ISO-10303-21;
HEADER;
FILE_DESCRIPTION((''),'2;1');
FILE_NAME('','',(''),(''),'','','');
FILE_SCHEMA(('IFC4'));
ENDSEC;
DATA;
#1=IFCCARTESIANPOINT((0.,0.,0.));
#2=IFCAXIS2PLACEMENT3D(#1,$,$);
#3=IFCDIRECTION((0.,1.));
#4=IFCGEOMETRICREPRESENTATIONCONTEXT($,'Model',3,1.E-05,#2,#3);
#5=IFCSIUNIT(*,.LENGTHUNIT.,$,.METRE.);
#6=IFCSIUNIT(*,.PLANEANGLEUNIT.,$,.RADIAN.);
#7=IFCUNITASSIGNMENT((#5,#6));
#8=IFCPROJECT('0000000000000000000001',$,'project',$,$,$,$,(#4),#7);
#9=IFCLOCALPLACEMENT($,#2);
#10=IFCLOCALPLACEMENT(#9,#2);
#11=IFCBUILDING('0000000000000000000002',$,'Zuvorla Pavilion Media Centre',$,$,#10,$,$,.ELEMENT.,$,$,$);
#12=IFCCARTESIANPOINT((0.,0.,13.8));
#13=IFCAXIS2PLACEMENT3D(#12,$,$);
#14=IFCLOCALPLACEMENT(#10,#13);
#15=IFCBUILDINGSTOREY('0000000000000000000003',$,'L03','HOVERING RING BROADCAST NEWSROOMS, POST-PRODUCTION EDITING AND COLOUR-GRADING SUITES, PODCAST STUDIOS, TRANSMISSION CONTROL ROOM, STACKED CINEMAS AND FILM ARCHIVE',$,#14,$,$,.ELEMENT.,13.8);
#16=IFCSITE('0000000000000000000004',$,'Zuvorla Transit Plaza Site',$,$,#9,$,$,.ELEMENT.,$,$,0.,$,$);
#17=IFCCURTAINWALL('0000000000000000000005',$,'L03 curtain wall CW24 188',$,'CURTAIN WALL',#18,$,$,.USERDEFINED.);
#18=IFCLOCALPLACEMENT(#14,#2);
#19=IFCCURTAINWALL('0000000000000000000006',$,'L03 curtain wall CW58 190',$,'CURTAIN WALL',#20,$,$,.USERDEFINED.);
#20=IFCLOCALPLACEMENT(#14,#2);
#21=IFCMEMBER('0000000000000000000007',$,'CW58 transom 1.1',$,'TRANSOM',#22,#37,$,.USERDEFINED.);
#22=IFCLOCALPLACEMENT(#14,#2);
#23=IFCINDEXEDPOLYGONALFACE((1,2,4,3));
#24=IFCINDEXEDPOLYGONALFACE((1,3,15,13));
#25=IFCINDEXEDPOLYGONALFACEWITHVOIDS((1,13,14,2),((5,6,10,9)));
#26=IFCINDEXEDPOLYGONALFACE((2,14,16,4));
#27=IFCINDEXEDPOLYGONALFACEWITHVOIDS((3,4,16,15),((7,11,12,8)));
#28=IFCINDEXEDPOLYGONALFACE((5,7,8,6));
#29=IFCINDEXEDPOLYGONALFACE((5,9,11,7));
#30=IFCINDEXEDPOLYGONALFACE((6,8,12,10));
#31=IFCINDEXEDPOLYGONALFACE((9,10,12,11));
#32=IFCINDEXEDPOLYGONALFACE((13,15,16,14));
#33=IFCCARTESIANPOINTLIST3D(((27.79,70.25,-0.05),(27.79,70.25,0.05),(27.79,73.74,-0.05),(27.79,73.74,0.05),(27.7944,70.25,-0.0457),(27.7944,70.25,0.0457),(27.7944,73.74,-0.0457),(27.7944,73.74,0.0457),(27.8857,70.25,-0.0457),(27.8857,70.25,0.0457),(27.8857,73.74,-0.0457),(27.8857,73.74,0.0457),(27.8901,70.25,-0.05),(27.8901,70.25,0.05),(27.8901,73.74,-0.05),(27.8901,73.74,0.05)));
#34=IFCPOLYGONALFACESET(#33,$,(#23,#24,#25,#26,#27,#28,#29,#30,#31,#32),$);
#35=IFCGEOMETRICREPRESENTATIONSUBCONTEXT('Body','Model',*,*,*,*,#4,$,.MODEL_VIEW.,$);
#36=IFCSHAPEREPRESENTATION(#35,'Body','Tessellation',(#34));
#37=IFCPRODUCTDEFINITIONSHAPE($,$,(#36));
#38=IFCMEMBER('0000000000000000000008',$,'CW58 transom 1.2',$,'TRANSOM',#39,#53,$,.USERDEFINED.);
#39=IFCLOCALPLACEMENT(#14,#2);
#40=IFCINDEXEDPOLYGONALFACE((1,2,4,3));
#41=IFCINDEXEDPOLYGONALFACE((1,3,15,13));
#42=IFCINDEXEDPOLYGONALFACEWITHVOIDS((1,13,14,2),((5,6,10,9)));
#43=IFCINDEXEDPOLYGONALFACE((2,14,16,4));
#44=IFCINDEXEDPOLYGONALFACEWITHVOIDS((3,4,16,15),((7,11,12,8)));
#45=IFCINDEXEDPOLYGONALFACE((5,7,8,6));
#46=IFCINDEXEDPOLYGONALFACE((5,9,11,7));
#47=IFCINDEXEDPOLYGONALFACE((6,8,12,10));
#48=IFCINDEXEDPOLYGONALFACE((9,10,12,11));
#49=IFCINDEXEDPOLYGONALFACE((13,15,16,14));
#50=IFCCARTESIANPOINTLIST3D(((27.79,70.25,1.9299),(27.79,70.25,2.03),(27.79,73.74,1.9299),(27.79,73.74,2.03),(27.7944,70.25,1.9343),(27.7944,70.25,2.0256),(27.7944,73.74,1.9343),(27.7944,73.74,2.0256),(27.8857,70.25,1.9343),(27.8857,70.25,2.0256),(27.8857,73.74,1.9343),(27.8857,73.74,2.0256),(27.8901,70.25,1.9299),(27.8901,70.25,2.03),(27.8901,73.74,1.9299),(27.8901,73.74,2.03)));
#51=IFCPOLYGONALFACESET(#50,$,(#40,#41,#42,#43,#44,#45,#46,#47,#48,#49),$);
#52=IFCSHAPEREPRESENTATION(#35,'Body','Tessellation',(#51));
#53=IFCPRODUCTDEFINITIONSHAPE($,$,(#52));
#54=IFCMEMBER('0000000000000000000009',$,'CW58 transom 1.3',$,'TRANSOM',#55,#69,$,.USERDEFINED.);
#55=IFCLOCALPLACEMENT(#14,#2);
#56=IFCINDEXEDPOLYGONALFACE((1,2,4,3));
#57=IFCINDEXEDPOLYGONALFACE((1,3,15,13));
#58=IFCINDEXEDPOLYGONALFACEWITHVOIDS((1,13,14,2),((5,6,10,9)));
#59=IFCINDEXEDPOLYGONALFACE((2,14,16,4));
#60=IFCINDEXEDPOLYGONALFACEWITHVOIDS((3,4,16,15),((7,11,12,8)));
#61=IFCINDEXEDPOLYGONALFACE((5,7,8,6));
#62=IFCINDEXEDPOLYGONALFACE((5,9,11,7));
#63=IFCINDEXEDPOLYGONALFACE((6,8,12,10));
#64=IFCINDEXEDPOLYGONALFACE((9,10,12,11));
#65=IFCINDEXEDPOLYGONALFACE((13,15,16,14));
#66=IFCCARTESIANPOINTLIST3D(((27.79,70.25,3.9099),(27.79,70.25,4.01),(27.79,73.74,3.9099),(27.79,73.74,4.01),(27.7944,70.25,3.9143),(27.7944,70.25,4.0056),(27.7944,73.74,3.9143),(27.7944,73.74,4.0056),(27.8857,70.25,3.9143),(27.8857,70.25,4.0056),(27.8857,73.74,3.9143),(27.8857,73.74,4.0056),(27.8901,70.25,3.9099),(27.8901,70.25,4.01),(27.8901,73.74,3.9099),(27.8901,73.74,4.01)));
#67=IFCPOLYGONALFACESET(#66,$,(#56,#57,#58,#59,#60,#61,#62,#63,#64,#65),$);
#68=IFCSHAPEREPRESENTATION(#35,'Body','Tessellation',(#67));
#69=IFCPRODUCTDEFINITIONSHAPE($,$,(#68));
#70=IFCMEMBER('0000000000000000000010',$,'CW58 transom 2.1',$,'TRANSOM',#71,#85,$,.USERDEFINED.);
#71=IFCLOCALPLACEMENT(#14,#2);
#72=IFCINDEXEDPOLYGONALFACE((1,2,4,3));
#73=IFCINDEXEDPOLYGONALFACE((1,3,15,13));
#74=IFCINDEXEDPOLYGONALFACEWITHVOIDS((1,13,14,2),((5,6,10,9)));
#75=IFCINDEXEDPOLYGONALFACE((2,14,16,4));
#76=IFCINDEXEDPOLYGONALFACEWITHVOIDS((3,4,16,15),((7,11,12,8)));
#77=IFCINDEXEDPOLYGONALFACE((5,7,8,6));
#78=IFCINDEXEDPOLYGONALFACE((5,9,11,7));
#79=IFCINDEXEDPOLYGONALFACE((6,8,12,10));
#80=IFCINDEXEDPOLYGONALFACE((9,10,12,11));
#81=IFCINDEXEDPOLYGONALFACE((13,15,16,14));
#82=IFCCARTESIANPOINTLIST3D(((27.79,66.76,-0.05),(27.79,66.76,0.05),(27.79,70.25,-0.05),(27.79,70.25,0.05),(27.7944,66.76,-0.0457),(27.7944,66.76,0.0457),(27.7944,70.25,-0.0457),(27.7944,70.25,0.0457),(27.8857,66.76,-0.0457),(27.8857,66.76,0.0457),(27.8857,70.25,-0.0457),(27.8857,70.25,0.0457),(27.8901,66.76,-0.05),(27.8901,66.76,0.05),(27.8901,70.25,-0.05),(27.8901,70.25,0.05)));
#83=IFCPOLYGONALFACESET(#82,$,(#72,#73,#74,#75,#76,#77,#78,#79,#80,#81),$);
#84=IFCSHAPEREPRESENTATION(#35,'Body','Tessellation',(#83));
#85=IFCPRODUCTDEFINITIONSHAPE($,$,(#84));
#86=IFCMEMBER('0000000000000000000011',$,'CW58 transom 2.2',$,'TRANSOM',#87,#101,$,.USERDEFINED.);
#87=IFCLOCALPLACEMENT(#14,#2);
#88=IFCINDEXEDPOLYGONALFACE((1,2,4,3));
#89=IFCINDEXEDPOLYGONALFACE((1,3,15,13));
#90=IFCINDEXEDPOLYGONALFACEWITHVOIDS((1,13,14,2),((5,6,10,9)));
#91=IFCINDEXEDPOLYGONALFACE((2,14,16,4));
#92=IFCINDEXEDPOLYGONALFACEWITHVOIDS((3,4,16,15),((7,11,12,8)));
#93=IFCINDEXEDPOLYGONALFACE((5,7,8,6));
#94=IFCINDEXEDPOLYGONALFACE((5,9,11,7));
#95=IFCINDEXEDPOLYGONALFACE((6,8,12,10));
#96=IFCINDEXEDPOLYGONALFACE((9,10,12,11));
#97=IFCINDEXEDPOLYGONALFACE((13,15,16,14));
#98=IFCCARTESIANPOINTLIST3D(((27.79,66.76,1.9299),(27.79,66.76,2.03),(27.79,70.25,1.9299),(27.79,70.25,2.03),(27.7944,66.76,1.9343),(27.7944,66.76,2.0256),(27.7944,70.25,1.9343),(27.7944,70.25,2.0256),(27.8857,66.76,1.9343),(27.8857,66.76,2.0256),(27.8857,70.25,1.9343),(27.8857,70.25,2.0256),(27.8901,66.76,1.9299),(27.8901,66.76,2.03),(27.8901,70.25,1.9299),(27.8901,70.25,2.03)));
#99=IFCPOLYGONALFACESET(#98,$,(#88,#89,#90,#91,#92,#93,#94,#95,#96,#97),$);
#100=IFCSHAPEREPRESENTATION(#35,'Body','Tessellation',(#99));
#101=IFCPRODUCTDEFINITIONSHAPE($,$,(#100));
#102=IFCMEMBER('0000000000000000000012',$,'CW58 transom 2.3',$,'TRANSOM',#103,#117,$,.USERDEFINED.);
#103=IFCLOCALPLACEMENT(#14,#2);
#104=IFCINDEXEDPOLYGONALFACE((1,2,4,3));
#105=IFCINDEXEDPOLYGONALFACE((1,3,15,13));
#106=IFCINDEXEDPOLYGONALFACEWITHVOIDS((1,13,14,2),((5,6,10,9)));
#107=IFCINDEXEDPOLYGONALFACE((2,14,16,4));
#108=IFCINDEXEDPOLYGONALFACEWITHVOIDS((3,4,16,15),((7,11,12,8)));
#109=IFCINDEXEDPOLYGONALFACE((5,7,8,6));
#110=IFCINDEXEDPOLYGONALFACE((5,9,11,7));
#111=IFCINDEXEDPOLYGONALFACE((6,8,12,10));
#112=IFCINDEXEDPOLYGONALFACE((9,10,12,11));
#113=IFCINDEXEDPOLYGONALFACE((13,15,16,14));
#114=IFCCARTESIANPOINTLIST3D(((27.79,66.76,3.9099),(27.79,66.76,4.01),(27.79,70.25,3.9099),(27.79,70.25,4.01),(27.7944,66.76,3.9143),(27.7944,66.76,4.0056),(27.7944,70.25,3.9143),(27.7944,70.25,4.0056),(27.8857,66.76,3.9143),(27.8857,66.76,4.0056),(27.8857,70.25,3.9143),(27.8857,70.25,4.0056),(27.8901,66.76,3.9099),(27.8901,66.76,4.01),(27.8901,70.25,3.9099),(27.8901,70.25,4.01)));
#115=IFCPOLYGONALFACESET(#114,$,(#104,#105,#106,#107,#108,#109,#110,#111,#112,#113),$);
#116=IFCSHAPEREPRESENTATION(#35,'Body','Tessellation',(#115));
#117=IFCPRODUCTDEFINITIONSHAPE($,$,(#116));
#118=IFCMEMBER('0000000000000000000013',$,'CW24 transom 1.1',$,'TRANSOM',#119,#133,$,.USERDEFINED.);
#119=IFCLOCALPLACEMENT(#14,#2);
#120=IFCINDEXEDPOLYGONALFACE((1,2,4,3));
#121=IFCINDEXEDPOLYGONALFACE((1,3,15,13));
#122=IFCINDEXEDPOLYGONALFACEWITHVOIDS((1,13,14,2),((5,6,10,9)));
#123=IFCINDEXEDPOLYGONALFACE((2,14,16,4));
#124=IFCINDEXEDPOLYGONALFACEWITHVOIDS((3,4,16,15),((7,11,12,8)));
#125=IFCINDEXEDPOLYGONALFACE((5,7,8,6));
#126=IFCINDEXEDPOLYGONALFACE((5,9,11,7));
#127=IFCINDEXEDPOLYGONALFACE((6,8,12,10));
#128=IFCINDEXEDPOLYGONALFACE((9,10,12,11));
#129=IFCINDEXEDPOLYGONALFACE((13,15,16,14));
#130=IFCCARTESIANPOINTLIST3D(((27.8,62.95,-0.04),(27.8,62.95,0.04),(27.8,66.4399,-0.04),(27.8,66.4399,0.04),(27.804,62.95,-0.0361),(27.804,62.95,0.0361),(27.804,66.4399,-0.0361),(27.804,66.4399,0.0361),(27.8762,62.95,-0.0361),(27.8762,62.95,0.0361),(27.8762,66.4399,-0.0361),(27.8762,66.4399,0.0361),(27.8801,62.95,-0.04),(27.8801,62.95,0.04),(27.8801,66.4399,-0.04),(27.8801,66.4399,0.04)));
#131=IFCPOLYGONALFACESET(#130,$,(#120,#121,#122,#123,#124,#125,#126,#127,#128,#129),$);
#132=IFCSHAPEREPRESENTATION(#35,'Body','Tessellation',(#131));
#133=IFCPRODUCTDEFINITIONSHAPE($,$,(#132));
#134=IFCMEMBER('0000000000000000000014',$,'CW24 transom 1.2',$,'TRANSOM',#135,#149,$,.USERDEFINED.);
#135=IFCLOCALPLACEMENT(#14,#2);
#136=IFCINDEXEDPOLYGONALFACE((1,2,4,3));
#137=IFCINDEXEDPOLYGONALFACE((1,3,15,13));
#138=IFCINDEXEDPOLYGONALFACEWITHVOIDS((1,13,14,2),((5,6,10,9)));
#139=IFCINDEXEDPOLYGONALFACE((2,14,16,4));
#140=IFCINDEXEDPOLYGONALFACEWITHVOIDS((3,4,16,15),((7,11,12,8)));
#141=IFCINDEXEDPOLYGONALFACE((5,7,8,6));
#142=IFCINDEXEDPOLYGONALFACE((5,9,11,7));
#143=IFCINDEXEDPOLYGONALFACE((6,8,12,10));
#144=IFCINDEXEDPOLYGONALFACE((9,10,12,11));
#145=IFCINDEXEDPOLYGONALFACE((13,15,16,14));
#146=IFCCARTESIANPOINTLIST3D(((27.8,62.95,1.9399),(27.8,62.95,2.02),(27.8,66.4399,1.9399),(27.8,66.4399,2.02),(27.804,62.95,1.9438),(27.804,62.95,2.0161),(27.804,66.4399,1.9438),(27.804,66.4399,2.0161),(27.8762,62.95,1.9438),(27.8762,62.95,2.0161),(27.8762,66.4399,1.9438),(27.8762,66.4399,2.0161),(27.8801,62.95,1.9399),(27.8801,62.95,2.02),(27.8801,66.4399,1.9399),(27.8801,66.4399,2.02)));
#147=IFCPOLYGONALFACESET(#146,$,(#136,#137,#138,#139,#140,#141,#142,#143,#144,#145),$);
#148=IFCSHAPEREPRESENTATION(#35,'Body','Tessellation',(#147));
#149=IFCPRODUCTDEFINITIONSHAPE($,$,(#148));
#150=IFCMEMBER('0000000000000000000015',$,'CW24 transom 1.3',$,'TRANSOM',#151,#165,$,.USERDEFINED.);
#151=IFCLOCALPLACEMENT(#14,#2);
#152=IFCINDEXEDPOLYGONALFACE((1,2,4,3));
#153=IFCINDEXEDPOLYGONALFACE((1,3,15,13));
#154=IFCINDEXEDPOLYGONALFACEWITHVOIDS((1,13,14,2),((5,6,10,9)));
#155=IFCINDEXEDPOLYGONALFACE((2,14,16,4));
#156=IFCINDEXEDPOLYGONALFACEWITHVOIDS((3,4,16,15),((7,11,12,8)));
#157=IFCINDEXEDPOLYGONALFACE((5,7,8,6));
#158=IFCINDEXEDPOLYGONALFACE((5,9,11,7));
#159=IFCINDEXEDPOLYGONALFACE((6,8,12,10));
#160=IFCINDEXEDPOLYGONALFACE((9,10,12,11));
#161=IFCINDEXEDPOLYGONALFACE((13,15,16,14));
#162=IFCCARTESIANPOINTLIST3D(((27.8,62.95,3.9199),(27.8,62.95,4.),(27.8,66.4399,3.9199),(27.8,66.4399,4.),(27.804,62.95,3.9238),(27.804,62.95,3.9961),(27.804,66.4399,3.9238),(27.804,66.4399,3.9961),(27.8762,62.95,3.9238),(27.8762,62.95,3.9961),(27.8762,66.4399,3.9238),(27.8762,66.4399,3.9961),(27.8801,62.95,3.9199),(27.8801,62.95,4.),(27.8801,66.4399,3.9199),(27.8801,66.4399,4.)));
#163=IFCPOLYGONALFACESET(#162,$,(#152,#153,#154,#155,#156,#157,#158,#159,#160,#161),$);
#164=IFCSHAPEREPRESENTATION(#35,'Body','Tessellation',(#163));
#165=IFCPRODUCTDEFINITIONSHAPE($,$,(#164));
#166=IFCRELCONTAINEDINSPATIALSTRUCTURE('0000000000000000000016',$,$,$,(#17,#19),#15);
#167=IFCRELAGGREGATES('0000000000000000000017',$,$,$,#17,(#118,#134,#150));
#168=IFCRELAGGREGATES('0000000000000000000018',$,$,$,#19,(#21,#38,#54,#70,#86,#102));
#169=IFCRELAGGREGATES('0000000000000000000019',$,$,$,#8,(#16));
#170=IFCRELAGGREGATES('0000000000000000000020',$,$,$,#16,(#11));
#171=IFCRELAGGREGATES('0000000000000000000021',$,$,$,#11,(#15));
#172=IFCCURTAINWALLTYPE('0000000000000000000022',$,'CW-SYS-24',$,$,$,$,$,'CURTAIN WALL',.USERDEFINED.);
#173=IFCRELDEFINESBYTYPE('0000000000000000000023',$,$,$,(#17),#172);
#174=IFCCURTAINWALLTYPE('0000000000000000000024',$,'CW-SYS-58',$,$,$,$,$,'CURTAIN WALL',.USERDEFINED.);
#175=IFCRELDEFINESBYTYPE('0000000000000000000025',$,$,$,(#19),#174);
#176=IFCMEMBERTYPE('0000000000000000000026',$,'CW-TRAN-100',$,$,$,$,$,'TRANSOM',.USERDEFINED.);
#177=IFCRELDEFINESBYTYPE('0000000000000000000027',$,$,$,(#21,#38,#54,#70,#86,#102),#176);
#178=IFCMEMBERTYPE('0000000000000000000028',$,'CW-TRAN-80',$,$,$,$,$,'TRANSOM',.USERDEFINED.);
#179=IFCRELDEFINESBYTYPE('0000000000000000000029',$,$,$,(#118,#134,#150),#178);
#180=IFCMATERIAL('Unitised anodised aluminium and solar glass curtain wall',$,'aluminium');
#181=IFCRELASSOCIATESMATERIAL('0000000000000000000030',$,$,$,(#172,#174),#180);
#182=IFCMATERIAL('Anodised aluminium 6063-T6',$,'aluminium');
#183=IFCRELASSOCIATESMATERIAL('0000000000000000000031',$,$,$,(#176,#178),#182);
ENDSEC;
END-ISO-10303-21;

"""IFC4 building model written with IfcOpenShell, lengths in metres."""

from ifc_helpers import new_model, si_unit, direction, frame, origin, origin_2d, place, context, subcontext, project, spatial, hollow_rectangle, extrude, material, material_profile, profile_set, type_object, element, aggregate, save


model = new_model("IFC4")

# Units and contexts
model_context = context("Model", 3, precision=1e-05, world=origin(), true_north=direction((0.0, 1.0)))
body_context = subcontext(model_context, "Body", "Model", "MODEL_VIEW")
ifc_project = project(units=[si_unit("LENGTHUNIT", "METRE"), si_unit("PLANEANGLEUNIT", "RADIAN")], contexts=[model_context])

# Site, building, storey
site_placement = place(None, origin())
site = spatial("IfcSite", under=ifc_project, at=site_placement, Name="Zuvorla Transit Plaza Site", CompositionType="ELEMENT", RefElevation=0.0)
building_placement = place(site_placement, origin())
building = spatial("IfcBuilding", under=site, at=building_placement, Name="Zuvorla Pavilion Media Centre", CompositionType="ELEMENT")
storey_placement = place(building_placement, frame((0.0, 0.0, 13.8)))
storey = spatial("IfcBuildingStorey", under=building, at=storey_placement, Name="L03", Description="HOVERING RING BROADCAST NEWSROOMS, POST-PRODUCTION EDITING AND COLOUR-GRADING SUITES, PODCAST STUDIOS, TRANSMISSION CONTROL ROOM, STACKED CINEMAS AND FILM ARCHIVE", CompositionType="ELEMENT", Elevation=13.8)

# Curtain wall
ifc_material_1 = material(Name="Unitised anodised aluminium and solar glass curtain wall", Category="aluminium")
curtain_wall_type_1 = type_object("IfcCurtainWallType", Name="CW-SYS-24", ElementType="CURTAIN WALL", PredefinedType="USERDEFINED", material=ifc_material_1)
curtain_wall_1_placement = place(storey_placement, origin())
curtain_wall_1 = element("IfcCurtainWall", 1, at=curtain_wall_1_placement, inside=storey, type_object=curtain_wall_type_1, Name="L03 curtain wall CW24 188", ObjectType="CURTAIN WALL", PredefinedType="USERDEFINED")
ifc_material_2 = material(Name="Anodised aluminium 6063-T6", Category="aluminium")

# Curtain wall, members
curtain_wall_type_2 = type_object("IfcCurtainWallType", Name="CW-SYS-58", ElementType="CURTAIN WALL", PredefinedType="USERDEFINED", material=ifc_material_1)
curtain_wall_2_placement = place(storey_placement, origin())
curtain_wall_2 = element("IfcCurtainWall", 2, at=curtain_wall_2_placement, inside=storey, type_object=curtain_wall_type_2, Name="L03 curtain wall CW58 190", ObjectType="CURTAIN WALL", PredefinedType="USERDEFINED")
ifc_material_profile_1 = material_profile(ifc_material_2, hollow_rectangle(XDim=0.1001, YDim=0.1001, WallThickness=0.0044, at=origin_2d()), Name="ALU TRAN 100x100")
ifc_profile_set_1 = profile_set([ifc_material_profile_1], Name="Anodised aluminium 6063-T6")
member_type_1 = type_object("IfcMemberType", Name="CW-TRAN-100", ElementType="TRANSOM", PredefinedType="USERDEFINED", material=ifc_profile_set_1)
member_1_placement = place(storey_placement, frame((27.8401, 73.74, 0.0), z_axis=(0.0, -1.0, 0.0), x_axis=(1.0, 0.0, 0.0)))
member_1 = element("IfcMember", 3, at=member_1_placement, type_object=member_type_1, Name="CW58 transom 1.1", ObjectType="TRANSOM", PredefinedType="USERDEFINED", context=body_context, shape_type="SweptSolid", body=[
    extrude(hollow_rectangle(XDim=0.1001, YDim=0.1001, WallThickness=0.0044, at=origin_2d()), origin(), (0.0, 0.0, 1.0), 3.49),
])
member_2_placement = place(storey_placement, frame((27.8401, 73.74, 1.98), z_axis=(0.0, -1.0, 0.0), x_axis=(1.0, 0.0, 0.0)))
member_2 = element("IfcMember", 4, at=member_2_placement, type_object=member_type_1, Name="CW58 transom 1.2", ObjectType="TRANSOM", PredefinedType="USERDEFINED", context=body_context, shape_type="SweptSolid", body=[
    extrude(hollow_rectangle(XDim=0.1001, YDim=0.1001, WallThickness=0.0044, at=origin_2d()), origin(), (0.0, 0.0, 1.0), 3.49),
])
member_3_placement = place(storey_placement, frame((27.8401, 73.74, 3.96), z_axis=(0.0, -1.0, 0.0), x_axis=(1.0, 0.0, 0.0)))
member_3 = element("IfcMember", 5, at=member_3_placement, type_object=member_type_1, Name="CW58 transom 1.3", ObjectType="TRANSOM", PredefinedType="USERDEFINED", context=body_context, shape_type="SweptSolid", body=[
    extrude(hollow_rectangle(XDim=0.1001, YDim=0.1001, WallThickness=0.0044, at=origin_2d()), origin(), (0.0, 0.0, 1.0), 3.49),
])
member_4_placement = place(storey_placement, frame((27.8401, 70.25, 0.0), z_axis=(0.0, -1.0, 0.0), x_axis=(1.0, 0.0, 0.0)))
member_4 = element("IfcMember", 6, at=member_4_placement, type_object=member_type_1, Name="CW58 transom 2.1", ObjectType="TRANSOM", PredefinedType="USERDEFINED", context=body_context, shape_type="SweptSolid", body=[
    extrude(hollow_rectangle(XDim=0.1001, YDim=0.1001, WallThickness=0.0044, at=origin_2d()), origin(), (0.0, 0.0, 1.0), 3.49),
])
member_5_placement = place(storey_placement, frame((27.8401, 70.25, 1.98), z_axis=(0.0, -1.0, 0.0), x_axis=(1.0, 0.0, 0.0)))
member_5 = element("IfcMember", 7, at=member_5_placement, type_object=member_type_1, Name="CW58 transom 2.2", ObjectType="TRANSOM", PredefinedType="USERDEFINED", context=body_context, shape_type="SweptSolid", body=[
    extrude(hollow_rectangle(XDim=0.1001, YDim=0.1001, WallThickness=0.0044, at=origin_2d()), origin(), (0.0, 0.0, 1.0), 3.49),
])
member_6_placement = place(storey_placement, frame((27.8401, 70.25, 3.96), z_axis=(0.0, -1.0, 0.0), x_axis=(1.0, 0.0, 0.0)))
member_6 = element("IfcMember", 8, at=member_6_placement, type_object=member_type_1, Name="CW58 transom 2.3", ObjectType="TRANSOM", PredefinedType="USERDEFINED", context=body_context, shape_type="SweptSolid", body=[
    extrude(hollow_rectangle(XDim=0.1001, YDim=0.1001, WallThickness=0.0044, at=origin_2d()), origin(), (0.0, 0.0, 1.0), 3.49),
])

# Members
ifc_material_profile_2 = material_profile(ifc_material_2, hollow_rectangle(XDim=0.0801, YDim=0.0801, WallThickness=0.0039, at=origin_2d()), Name="ALU TRAN 80x80")
ifc_profile_set_2 = profile_set([ifc_material_profile_2], Name="Anodised aluminium 6063-T6")
member_type_2 = type_object("IfcMemberType", Name="CW-TRAN-80", ElementType="TRANSOM", PredefinedType="USERDEFINED", material=ifc_profile_set_2)
member_7_placement = place(storey_placement, frame((27.8401, 66.4399, 0.0), z_axis=(0.0, -1.0, 0.0), x_axis=(1.0, 0.0, 0.0)))
member_7 = element("IfcMember", 9, at=member_7_placement, type_object=member_type_2, Name="CW24 transom 1.1", ObjectType="TRANSOM", PredefinedType="USERDEFINED", context=body_context, shape_type="SweptSolid", body=[
    extrude(hollow_rectangle(XDim=0.0801, YDim=0.0801, WallThickness=0.0039, at=origin_2d()), origin(), (0.0, 0.0, 1.0), 3.49),
])
member_8_placement = place(storey_placement, frame((27.8401, 66.4399, 1.98), z_axis=(0.0, -1.0, 0.0), x_axis=(1.0, 0.0, 0.0)))
member_8 = element("IfcMember", 10, at=member_8_placement, type_object=member_type_2, Name="CW24 transom 1.2", ObjectType="TRANSOM", PredefinedType="USERDEFINED", context=body_context, shape_type="SweptSolid", body=[
    extrude(hollow_rectangle(XDim=0.0801, YDim=0.0801, WallThickness=0.0039, at=origin_2d()), origin(), (0.0, 0.0, 1.0), 3.49),
])
member_9_placement = place(storey_placement, frame((27.8401, 66.4399, 3.96), z_axis=(0.0, -1.0, 0.0), x_axis=(1.0, 0.0, 0.0)))
member_9 = element("IfcMember", 11, at=member_9_placement, type_object=member_type_2, Name="CW24 transom 1.3", ObjectType="TRANSOM", PredefinedType="USERDEFINED", context=body_context, shape_type="SweptSolid", body=[
    extrude(hollow_rectangle(XDim=0.0801, YDim=0.0801, WallThickness=0.0039, at=origin_2d()), origin(), (0.0, 0.0, 1.0), 3.49),
])
aggregate(curtain_wall_1, [member_7, member_8, member_9])

aggregate(curtain_wall_2, [member_1, member_2, member_3, member_4, member_5, member_6])

save(model, "model.ifc")
